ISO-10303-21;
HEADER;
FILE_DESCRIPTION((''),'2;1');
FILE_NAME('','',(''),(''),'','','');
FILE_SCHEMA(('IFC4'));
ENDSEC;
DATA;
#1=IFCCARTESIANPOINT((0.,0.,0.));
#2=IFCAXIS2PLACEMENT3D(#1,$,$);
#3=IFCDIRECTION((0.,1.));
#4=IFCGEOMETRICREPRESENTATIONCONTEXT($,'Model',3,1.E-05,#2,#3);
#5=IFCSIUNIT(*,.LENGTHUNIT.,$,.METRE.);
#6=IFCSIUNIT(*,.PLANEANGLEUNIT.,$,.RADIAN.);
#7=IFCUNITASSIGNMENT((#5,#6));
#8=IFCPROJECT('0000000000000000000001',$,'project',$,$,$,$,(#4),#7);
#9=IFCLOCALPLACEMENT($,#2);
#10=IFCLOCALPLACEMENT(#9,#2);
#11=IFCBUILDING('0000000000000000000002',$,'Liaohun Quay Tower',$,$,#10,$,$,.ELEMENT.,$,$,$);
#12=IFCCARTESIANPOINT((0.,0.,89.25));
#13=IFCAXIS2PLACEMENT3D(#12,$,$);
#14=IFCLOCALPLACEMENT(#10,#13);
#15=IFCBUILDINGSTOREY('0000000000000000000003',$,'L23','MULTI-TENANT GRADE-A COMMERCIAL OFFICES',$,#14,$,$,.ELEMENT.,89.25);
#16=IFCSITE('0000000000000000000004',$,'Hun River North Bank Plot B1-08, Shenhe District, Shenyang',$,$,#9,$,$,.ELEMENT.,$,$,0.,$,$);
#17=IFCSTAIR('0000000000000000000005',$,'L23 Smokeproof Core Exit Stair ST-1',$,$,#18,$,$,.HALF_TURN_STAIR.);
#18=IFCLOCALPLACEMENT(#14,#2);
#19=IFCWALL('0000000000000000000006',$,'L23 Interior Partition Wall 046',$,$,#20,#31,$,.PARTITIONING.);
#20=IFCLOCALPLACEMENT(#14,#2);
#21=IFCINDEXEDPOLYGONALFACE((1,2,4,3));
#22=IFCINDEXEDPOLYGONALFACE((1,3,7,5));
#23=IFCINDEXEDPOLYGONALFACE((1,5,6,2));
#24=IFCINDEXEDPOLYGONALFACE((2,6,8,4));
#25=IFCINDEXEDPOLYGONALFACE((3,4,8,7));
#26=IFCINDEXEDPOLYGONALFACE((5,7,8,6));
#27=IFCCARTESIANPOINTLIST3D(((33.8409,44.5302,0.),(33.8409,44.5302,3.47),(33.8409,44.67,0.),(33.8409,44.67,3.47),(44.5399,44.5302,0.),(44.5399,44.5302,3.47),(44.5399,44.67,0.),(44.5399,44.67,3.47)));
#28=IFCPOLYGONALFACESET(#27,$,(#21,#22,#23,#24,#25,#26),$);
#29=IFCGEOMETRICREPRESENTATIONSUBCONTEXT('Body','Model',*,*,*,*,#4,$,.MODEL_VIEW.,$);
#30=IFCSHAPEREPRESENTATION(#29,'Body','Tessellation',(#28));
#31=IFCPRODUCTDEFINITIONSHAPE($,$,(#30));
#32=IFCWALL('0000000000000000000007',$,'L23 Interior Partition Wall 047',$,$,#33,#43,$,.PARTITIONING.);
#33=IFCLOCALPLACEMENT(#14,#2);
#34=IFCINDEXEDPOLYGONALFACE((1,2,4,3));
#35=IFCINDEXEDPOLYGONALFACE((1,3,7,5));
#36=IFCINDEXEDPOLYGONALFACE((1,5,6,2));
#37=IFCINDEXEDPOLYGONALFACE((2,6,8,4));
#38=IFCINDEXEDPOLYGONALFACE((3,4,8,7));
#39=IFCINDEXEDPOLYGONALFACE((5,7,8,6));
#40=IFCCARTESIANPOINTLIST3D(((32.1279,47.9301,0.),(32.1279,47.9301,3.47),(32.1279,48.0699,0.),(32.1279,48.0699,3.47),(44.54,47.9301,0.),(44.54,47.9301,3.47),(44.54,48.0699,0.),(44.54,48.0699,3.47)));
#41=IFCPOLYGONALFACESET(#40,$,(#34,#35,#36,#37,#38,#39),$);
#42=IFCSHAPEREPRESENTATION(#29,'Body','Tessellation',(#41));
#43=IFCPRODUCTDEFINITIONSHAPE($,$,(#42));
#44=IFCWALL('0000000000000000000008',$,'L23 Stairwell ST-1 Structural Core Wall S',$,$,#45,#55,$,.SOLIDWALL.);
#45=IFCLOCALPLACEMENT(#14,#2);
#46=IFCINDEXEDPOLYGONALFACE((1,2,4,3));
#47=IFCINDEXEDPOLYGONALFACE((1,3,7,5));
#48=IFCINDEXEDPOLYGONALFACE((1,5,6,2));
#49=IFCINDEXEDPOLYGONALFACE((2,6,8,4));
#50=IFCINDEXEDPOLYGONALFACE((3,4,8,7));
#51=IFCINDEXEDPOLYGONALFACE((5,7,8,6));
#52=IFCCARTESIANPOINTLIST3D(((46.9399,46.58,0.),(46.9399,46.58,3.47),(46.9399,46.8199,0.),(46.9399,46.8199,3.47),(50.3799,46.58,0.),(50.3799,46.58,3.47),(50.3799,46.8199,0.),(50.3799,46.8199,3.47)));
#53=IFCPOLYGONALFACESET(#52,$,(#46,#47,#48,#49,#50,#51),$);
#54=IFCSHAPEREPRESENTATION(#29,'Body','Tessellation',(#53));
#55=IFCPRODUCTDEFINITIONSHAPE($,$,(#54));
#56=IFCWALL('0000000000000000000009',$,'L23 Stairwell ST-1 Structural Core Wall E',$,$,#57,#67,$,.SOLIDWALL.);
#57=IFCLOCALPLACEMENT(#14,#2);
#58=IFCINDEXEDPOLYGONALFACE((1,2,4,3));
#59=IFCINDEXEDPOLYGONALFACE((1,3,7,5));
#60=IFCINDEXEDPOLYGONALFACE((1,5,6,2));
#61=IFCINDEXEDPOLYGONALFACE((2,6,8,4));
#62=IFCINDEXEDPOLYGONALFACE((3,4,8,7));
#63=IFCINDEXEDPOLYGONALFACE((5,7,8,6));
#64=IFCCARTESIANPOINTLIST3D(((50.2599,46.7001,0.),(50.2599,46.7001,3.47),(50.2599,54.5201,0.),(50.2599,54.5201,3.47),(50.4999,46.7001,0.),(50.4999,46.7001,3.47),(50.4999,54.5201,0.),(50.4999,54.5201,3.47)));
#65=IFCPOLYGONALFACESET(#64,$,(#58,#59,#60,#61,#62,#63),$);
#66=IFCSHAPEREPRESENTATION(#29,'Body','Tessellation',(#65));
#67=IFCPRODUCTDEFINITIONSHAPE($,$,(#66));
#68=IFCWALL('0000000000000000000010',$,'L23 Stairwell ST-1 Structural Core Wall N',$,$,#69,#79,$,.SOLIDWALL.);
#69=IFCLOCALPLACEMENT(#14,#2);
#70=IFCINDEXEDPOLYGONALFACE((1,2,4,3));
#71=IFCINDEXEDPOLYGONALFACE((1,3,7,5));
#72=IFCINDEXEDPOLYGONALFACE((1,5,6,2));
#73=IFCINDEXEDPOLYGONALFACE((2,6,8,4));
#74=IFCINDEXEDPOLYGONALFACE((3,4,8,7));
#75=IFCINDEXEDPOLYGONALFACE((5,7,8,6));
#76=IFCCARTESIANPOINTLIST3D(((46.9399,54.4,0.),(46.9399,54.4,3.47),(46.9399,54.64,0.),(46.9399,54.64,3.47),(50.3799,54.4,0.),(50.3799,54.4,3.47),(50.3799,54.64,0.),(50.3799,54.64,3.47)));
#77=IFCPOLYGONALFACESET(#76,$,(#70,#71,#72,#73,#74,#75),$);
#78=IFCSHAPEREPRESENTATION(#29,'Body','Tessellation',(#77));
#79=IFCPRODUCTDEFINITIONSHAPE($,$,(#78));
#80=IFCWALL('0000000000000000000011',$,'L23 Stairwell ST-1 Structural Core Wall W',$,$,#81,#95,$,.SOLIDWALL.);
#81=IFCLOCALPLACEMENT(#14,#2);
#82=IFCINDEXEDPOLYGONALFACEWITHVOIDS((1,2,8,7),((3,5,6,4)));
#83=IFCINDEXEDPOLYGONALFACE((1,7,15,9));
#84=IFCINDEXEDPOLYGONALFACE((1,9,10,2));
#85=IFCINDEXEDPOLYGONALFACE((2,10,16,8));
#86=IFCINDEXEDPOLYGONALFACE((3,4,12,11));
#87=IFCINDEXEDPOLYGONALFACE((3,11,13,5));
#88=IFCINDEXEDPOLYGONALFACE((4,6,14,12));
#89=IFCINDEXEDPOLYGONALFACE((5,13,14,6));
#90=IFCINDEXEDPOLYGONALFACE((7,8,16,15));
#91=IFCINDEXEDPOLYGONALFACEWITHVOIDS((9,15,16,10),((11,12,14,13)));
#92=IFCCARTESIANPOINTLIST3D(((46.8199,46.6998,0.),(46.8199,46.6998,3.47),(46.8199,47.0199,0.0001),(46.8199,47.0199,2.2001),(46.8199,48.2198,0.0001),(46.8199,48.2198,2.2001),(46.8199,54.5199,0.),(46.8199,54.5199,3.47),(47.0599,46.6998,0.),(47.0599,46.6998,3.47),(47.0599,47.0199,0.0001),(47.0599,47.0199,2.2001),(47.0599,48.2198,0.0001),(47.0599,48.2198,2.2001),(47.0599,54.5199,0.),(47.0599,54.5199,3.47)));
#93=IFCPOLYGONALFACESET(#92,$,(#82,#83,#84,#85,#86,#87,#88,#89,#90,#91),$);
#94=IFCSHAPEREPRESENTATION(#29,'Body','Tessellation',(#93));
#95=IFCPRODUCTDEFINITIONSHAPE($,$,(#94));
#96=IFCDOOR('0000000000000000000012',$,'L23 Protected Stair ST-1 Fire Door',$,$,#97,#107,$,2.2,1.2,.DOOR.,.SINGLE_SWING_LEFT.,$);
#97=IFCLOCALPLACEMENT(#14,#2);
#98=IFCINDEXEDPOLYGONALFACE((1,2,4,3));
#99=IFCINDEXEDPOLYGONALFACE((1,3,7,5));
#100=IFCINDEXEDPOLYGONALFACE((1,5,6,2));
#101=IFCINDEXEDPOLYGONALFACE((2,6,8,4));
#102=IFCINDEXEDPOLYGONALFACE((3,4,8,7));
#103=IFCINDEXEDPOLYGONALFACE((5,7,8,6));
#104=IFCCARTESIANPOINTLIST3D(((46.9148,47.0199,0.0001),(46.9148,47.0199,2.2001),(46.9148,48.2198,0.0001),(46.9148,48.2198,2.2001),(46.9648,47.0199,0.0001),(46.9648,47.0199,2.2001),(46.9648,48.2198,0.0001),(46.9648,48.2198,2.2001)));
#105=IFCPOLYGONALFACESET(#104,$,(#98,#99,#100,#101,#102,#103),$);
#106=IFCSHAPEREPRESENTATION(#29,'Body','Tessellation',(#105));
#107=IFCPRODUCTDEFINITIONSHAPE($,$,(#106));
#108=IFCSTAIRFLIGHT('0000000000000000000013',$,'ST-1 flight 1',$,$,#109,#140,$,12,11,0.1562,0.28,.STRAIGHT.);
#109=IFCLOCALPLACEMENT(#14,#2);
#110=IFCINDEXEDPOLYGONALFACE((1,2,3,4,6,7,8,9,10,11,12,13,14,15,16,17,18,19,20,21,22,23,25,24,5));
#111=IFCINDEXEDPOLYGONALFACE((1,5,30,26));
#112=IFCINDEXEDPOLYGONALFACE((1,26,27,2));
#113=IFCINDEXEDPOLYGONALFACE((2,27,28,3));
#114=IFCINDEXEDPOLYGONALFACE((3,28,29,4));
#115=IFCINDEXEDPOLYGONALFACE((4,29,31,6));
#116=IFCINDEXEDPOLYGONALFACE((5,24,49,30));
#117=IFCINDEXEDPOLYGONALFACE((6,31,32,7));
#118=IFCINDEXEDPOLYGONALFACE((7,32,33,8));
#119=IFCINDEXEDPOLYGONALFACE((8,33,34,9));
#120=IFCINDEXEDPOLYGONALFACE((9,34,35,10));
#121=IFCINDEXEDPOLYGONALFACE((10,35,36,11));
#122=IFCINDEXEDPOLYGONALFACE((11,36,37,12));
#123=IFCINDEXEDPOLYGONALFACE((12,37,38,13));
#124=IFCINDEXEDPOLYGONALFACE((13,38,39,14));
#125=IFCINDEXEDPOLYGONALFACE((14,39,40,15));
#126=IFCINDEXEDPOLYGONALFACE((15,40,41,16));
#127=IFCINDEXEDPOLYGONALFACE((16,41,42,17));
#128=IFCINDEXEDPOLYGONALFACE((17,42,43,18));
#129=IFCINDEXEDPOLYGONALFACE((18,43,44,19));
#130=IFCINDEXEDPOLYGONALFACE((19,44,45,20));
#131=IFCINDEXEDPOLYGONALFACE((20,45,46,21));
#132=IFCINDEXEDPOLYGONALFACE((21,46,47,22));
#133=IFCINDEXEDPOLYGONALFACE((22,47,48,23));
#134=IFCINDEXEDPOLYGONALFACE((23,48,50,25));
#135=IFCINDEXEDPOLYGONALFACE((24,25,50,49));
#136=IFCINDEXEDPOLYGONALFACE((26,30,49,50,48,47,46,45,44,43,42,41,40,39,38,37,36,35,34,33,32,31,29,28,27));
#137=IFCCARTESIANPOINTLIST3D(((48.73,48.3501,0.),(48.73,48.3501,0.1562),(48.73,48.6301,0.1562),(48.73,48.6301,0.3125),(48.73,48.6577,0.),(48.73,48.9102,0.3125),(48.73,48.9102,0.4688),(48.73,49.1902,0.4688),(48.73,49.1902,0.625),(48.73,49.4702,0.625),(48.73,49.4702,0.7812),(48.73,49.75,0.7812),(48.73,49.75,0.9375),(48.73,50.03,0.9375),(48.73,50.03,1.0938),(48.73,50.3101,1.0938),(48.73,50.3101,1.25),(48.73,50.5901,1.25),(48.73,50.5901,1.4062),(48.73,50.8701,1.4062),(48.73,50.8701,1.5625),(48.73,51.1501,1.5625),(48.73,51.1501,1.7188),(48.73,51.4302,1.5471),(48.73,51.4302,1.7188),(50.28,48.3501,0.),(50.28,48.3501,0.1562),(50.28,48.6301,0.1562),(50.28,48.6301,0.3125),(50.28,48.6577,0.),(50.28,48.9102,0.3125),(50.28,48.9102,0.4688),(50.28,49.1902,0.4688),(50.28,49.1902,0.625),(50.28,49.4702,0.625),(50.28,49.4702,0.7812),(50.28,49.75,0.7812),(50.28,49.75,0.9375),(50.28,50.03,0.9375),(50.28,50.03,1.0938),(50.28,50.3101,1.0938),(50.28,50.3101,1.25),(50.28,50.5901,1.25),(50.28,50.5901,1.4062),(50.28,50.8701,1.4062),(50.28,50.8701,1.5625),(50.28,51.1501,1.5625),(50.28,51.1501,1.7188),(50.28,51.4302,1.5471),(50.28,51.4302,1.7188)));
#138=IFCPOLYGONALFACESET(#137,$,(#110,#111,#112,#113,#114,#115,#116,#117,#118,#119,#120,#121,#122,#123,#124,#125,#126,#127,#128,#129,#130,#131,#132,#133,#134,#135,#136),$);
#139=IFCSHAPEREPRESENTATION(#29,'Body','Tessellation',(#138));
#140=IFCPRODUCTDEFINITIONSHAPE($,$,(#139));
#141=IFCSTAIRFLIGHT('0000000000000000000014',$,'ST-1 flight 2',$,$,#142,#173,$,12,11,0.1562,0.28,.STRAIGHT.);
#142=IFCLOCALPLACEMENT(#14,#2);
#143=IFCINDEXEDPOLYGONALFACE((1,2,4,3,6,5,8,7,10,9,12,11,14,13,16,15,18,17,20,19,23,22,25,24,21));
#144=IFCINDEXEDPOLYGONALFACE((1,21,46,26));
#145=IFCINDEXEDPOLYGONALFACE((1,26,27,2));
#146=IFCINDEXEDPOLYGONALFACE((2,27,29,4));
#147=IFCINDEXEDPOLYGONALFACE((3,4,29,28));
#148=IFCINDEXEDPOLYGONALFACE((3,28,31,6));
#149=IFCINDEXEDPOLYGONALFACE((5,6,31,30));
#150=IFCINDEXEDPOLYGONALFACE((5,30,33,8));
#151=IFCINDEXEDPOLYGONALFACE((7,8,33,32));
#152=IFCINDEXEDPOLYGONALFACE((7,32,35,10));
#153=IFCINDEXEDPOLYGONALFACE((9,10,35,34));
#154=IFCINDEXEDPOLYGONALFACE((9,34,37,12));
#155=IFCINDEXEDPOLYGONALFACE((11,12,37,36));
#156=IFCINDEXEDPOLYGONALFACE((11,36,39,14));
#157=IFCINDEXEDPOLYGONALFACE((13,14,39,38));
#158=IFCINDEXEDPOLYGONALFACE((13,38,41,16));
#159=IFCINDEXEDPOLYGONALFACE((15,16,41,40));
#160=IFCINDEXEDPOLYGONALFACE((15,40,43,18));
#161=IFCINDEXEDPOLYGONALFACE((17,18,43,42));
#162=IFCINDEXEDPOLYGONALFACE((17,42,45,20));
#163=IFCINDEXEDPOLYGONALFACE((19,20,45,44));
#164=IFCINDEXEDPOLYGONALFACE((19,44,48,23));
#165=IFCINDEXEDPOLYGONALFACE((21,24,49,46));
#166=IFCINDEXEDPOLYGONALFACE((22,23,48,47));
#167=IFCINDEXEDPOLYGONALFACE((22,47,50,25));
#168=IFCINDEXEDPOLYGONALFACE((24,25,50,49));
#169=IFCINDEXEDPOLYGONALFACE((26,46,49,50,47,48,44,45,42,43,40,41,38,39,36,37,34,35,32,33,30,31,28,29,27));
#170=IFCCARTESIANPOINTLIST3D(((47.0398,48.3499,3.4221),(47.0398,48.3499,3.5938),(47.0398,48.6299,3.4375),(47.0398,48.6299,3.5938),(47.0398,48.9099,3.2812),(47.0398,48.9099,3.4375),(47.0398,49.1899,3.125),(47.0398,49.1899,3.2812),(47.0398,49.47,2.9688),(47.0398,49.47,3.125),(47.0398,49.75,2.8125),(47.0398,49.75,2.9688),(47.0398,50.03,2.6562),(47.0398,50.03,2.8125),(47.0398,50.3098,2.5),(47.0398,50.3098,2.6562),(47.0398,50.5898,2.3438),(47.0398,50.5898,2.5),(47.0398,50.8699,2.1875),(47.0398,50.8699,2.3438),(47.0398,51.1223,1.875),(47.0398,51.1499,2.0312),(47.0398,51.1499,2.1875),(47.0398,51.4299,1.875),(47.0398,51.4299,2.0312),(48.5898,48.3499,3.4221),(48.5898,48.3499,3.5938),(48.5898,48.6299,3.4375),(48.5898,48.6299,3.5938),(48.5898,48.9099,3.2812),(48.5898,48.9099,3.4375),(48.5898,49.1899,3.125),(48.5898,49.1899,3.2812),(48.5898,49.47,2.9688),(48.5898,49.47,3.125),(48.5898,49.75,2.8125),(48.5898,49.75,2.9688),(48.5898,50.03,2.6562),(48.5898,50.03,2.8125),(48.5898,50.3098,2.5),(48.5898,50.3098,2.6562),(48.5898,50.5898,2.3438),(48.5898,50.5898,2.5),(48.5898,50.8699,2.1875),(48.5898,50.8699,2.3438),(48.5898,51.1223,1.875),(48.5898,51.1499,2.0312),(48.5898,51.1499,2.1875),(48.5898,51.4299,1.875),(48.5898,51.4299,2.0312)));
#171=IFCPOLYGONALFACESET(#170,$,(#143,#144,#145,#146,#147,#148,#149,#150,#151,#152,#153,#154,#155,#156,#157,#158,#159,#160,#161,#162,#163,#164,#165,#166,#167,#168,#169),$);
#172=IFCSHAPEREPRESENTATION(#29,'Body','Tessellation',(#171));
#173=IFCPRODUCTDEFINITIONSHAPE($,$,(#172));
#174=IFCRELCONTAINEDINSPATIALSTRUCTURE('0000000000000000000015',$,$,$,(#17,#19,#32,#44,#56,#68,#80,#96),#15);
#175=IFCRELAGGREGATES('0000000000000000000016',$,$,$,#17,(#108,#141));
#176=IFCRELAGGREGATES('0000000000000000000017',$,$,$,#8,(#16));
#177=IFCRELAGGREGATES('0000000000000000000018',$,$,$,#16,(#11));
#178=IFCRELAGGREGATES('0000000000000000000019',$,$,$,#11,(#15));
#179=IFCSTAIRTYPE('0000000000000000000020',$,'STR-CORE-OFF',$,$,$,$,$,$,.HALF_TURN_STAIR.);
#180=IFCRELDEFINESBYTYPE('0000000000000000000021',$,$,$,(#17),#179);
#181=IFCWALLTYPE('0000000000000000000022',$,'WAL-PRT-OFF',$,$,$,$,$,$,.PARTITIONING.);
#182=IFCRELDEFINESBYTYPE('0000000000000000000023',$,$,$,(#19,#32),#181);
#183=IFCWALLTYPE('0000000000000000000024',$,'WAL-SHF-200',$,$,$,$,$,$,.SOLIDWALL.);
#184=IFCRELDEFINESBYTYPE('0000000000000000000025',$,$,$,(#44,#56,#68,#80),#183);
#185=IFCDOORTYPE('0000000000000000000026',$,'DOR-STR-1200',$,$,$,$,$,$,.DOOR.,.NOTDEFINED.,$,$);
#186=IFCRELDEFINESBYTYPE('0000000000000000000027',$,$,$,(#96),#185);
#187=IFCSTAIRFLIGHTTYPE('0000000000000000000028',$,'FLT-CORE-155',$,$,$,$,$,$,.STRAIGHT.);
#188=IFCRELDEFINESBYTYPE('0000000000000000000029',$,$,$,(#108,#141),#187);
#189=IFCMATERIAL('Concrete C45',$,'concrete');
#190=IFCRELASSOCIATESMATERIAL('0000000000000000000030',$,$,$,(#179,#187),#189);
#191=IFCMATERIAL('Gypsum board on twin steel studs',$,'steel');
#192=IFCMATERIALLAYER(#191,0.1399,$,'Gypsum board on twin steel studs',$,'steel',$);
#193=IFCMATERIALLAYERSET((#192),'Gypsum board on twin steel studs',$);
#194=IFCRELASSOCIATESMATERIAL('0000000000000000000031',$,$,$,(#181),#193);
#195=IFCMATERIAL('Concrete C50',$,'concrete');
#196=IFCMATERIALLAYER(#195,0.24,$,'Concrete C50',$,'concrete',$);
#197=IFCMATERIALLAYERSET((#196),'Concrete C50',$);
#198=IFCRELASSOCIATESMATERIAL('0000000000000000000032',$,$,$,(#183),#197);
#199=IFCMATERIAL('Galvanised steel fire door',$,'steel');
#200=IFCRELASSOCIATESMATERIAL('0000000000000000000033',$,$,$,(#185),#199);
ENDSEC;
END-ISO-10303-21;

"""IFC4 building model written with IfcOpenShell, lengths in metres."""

from ifc_helpers import new_model, si_unit, direction, frame, frame_2d, origin, place, context, subcontext, project, spatial, polyline, rectangle, outline, extrude, source, transform, mapped, material, layer, layer_set, type_object, element, fill, aggregate, save


model = new_model("IFC4")

# Units and contexts
model_context = context("Model", 3, precision=1e-05, world=origin(), true_north=direction((0.0, 1.0)))
body_context = subcontext(model_context, "Body", "Model", "MODEL_VIEW")
ifc_project = project(units=[si_unit("LENGTHUNIT", "METRE"), si_unit("PLANEANGLEUNIT", "RADIAN")], contexts=[model_context])

# Site, building, storey
site_placement = place(None, origin())
site = spatial("IfcSite", under=ifc_project, at=site_placement, Name="Hun River North Bank Plot B1-08, Shenhe District, Shenyang", CompositionType="ELEMENT", RefElevation=0.0)
building_placement = place(site_placement, origin())
building = spatial("IfcBuilding", under=site, at=building_placement, Name="Liaohun Quay Tower", CompositionType="ELEMENT")
storey_placement = place(building_placement, frame((0.0, 0.0, 89.25)))
storey = spatial("IfcBuildingStorey", under=building, at=storey_placement, Name="L23", Description="MULTI-TENANT GRADE-A COMMERCIAL OFFICES", CompositionType="ELEMENT", Elevation=89.25)

# Stair
ifc_material_1 = material(Name="Concrete C45", Category="concrete")
stair_type = type_object("IfcStairType", Name="STR-CORE-OFF", PredefinedType="HALF_TURN_STAIR", material=ifc_material_1)
stair_1_placement = place(storey_placement, origin())
stair_1 = element("IfcStair", 1, at=stair_1_placement, inside=storey, type_object=stair_type, Name="L23 Smokeproof Core Exit Stair ST-1", PredefinedType="HALF_TURN_STAIR")

# Walls
ifc_material_2 = material(Name="Gypsum board on twin steel studs", Category="steel")
ifc_layer_1 = layer(ifc_material_2, 0.1399, Name="Gypsum board on twin steel studs", Category="steel")
ifc_layer_set_1 = layer_set([ifc_layer_1], Name="Gypsum board on twin steel studs")
wall_type_1 = type_object("IfcWallType", Name="WAL-PRT-OFF", PredefinedType="PARTITIONING", material=ifc_layer_set_1)
wall_1_placement = place(storey_placement, frame((44.54, 44.6001, 0.0), z_axis=(0.0, 0.0, 1.0), x_axis=(-1.0, 0.0, 0.0)))
element("IfcWall", 2, at=wall_1_placement, inside=storey, type_object=wall_type_1, Name="L23 Interior Partition Wall 046", PredefinedType="PARTITIONING", context=body_context, shape_type="SweptSolid", body=[
    extrude(rectangle(XDim=10.699, YDim=0.1399, at=frame_2d((5.3496, 0.0))), origin(), (0.0, 0.0, 1.0), 3.47),
])
wall_2_placement = place(storey_placement, frame((44.54, 48.0, 0.0), z_axis=(0.0, 0.0, 1.0), x_axis=(-1.0, 0.0, 0.0)))
element("IfcWall", 3, at=wall_2_placement, inside=storey, type_object=wall_type_1, Name="L23 Interior Partition Wall 047", PredefinedType="PARTITIONING", context=body_context, shape_type="SweptSolid", body=[
    extrude(rectangle(XDim=12.4121, YDim=0.1399, at=frame_2d((6.2061, 0.0))), origin(), (0.0, 0.0, 1.0), 3.47),
])
ifc_material_3 = material(Name="Concrete C50", Category="concrete")
ifc_layer_2 = layer(ifc_material_3, 0.24, Name="Concrete C50", Category="concrete")
ifc_layer_set_2 = layer_set([ifc_layer_2], Name="Concrete C50")
wall_type_2 = type_object("IfcWallType", Name="WAL-SHF-200", PredefinedType="SOLIDWALL", material=ifc_layer_set_2)
wall_3_placement = place(storey_placement, frame((46.9399, 46.7, 0.0), z_axis=(0.0, 0.0, 1.0), x_axis=(1.0, 0.0, 0.0)))
element("IfcWall", 4, at=wall_3_placement, inside=storey, type_object=wall_type_2, Name="L23 Stairwell ST-1 Structural Core Wall S", PredefinedType="SOLIDWALL", context=body_context, shape_type="SweptSolid", body=[
    extrude(rectangle(XDim=3.4399, YDim=0.24, at=frame_2d((1.72, 0.0))), origin(), (0.0, 0.0, 1.0), 3.47),
])
wall_4_placement = place(storey_placement, frame((50.3799, 46.7, 0.0), z_axis=(0.0, 0.0, 1.0), x_axis=(0.0, 1.0, 0.0)))
element("IfcWall", 5, at=wall_4_placement, inside=storey, type_object=wall_type_2, Name="L23 Stairwell ST-1 Structural Core Wall E", PredefinedType="SOLIDWALL", context=body_context, shape_type="SweptSolid", body=[
    extrude(rectangle(XDim=7.8201, YDim=0.24, at=frame_2d((3.9102, 0.0))), origin(), (0.0, 0.0, 1.0), 3.47),
])
wall_5_placement = place(storey_placement, frame((50.3799, 54.52, 0.0), z_axis=(0.0, 0.0, 1.0), x_axis=(-1.0, 0.0, 0.0)))
element("IfcWall", 6, at=wall_5_placement, inside=storey, type_object=wall_type_2, Name="L23 Stairwell ST-1 Structural Core Wall N", PredefinedType="SOLIDWALL", context=body_context, shape_type="SweptSolid", body=[
    extrude(rectangle(XDim=3.4399, YDim=0.24, at=frame_2d((1.72, 0.0))), origin(), (0.0, 0.0, 1.0), 3.47),
])

# Wall, opening, door
wall_6_placement = place(storey_placement, frame((46.9399, 54.52, 0.0), z_axis=(0.0, 0.0, 1.0), x_axis=(0.0, -1.0, 0.0)))
wall_6 = element("IfcWall", 7, at=wall_6_placement, inside=storey, type_object=wall_type_2, Name="L23 Stairwell ST-1 Structural Core Wall W", PredefinedType="SOLIDWALL", context=body_context, shape_type="SweptSolid", body=[
    extrude(rectangle(XDim=7.8201, YDim=0.24, at=frame_2d((3.9102, 0.0))), origin(), (0.0, 0.0, 1.0), 3.47),
])
shared_shape_1 = source(origin(), body_context, "Body", "SweptSolid", [
    extrude(rectangle(XDim=1.2, YDim=2.2, at=frame_2d((0.6001, 1.1001))), frame((0.0, 0.1299, 0.0), z_axis=(0.0, -1.0, 0.0), x_axis=(1.0, 0.0, 0.0)), (0.0, 0.0, 1.0), 0.26),
])
opening_1_placement = place(wall_6_placement, frame((6.3, 0.0, 0.0)))
opening_1 = element("IfcOpeningElement", 8, at=opening_1_placement, cuts=wall_6, PredefinedType="OPENING", context=body_context, shape_type="MappedRepresentation", body=[
    mapped(shared_shape_1, transform((0.0, 0.0, 0.0), x_axis=(1.0, 0.0, 0.0), y_axis=(0.0, 1.0, 0.0), z_axis=(0.0, 0.0, 1.0), scale=1.0)),
])
ifc_material_4 = material(Name="Galvanised steel fire door", Category="steel")
door_type_1 = type_object("IfcDoorType", Name="DOR-STR-1200", OperationType="NOTDEFINED", PredefinedType="DOOR", material=ifc_material_4)
shared_shape_2 = source(origin(), body_context, "Body", "SweptSolid", [
    extrude(rectangle(XDim=1.2, YDim=2.2, at=frame_2d((0.6001, 1.1001))), frame((0.0, 0.0249, 0.0), z_axis=(0.0, -1.0, 0.0), x_axis=(1.0, 0.0, 0.0)), (0.0, 0.0, 1.0), 0.05),
])
door_1_placement = place(opening_1_placement, origin())
door_1 = element("IfcDoor", 9, at=door_1_placement, inside=storey, type_object=door_type_1, Name="L23 Protected Stair ST-1 Fire Door", OperationType="SINGLE_SWING_LEFT", OverallHeight=2.2, OverallWidth=1.2, PredefinedType="DOOR", context=body_context, shape_type="MappedRepresentation", body=[
    mapped(shared_shape_2, transform((0.0, 0.0, 0.0), x_axis=(1.0, 0.0, 0.0), y_axis=(0.0, 1.0, 0.0), z_axis=(0.0, 0.0, 1.0), scale=1.0)),
])
fill(opening_1, door_1)

# Stair flights
stair_flight_type = type_object("IfcStairFlightType", Name="FLT-CORE-155", PredefinedType="STRAIGHT", material=ifc_material_1)
stair_flight_1_placement = place(storey_placement, frame((49.5049, 48.3501, 0.0), z_axis=(0.0, 0.0, 1.0), x_axis=(0.0, 1.0, 0.0)))
stair_flight_1 = element("IfcStairFlight", 10, at=stair_flight_1_placement, type_object=stair_flight_type, Name="ST-1 flight 1", NumberOfRisers=12, NumberOfTreads=11, PredefinedType="STRAIGHT", RiserHeight=0.1562, TreadLength=0.28, context=body_context, shape_type="SweptSolid", body=[
    extrude(outline(polyline([(0.0, 0.0), (0.0, 0.1562), (0.28, 0.1562), (0.28, 0.3125), (0.5601, 0.3125), (0.5601, 0.4688), (0.8401, 0.4688), (0.8401, 0.625), (1.1201, 0.625), (1.1201, 0.7812), (1.3999, 0.7812), (1.3999, 0.9375), (1.6799, 0.9375), (1.6799, 1.0938), (1.96, 1.0938), (1.96, 1.25), (2.24, 1.25), (2.24, 1.4062), (2.52, 1.4062), (2.52, 1.5625), (2.8, 1.5625), (2.8, 1.7188), (3.0801, 1.7188), (3.0801, 1.875), (3.0801, 1.5471), (0.3076, 0.0), (0.0, 0.0)])), frame((0.0, 0.7749, 0.0), z_axis=(0.0, -1.0, 0.0), x_axis=(1.0, 0.0, 0.0)), (0.0, 0.0, 1.0), 1.55),
])
stair_flight_2_placement = place(storey_placement, frame((47.8149, 51.4299, 1.875), z_axis=(0.0, 0.0, 1.0), x_axis=(0.0, -1.0, 0.0)))
stair_flight_2 = element("IfcStairFlight", 11, at=stair_flight_2_placement, type_object=stair_flight_type, Name="ST-1 flight 2", NumberOfRisers=12, NumberOfTreads=11, PredefinedType="STRAIGHT", RiserHeight=0.1562, TreadLength=0.28, context=body_context, shape_type="SweptSolid", body=[
    extrude(outline(polyline([(0.0, 0.0), (0.0, 0.1562), (0.28, 0.1562), (0.28, 0.3125), (0.5601, 0.3125), (0.5601, 0.4688), (0.8401, 0.4688), (0.8401, 0.625), (1.1201, 0.625), (1.1201, 0.7812), (1.3999, 0.7812), (1.3999, 0.9375), (1.6799, 0.9375), (1.6799, 1.0938), (1.96, 1.0938), (1.96, 1.25), (2.24, 1.25), (2.24, 1.4062), (2.52, 1.4062), (2.52, 1.5625), (2.8, 1.5625), (2.8, 1.7188), (3.0801, 1.7188), (3.0801, 1.875), (3.0801, 1.5471), (0.3076, 0.0), (0.0, 0.0)])), frame((0.0, 0.7749, 0.0), z_axis=(0.0, -1.0, 0.0), x_axis=(1.0, 0.0, 0.0)), (0.0, 0.0, 1.0), 1.55),
])
aggregate(stair_1, [stair_flight_1, stair_flight_2])

save(model, "model.ifc")
